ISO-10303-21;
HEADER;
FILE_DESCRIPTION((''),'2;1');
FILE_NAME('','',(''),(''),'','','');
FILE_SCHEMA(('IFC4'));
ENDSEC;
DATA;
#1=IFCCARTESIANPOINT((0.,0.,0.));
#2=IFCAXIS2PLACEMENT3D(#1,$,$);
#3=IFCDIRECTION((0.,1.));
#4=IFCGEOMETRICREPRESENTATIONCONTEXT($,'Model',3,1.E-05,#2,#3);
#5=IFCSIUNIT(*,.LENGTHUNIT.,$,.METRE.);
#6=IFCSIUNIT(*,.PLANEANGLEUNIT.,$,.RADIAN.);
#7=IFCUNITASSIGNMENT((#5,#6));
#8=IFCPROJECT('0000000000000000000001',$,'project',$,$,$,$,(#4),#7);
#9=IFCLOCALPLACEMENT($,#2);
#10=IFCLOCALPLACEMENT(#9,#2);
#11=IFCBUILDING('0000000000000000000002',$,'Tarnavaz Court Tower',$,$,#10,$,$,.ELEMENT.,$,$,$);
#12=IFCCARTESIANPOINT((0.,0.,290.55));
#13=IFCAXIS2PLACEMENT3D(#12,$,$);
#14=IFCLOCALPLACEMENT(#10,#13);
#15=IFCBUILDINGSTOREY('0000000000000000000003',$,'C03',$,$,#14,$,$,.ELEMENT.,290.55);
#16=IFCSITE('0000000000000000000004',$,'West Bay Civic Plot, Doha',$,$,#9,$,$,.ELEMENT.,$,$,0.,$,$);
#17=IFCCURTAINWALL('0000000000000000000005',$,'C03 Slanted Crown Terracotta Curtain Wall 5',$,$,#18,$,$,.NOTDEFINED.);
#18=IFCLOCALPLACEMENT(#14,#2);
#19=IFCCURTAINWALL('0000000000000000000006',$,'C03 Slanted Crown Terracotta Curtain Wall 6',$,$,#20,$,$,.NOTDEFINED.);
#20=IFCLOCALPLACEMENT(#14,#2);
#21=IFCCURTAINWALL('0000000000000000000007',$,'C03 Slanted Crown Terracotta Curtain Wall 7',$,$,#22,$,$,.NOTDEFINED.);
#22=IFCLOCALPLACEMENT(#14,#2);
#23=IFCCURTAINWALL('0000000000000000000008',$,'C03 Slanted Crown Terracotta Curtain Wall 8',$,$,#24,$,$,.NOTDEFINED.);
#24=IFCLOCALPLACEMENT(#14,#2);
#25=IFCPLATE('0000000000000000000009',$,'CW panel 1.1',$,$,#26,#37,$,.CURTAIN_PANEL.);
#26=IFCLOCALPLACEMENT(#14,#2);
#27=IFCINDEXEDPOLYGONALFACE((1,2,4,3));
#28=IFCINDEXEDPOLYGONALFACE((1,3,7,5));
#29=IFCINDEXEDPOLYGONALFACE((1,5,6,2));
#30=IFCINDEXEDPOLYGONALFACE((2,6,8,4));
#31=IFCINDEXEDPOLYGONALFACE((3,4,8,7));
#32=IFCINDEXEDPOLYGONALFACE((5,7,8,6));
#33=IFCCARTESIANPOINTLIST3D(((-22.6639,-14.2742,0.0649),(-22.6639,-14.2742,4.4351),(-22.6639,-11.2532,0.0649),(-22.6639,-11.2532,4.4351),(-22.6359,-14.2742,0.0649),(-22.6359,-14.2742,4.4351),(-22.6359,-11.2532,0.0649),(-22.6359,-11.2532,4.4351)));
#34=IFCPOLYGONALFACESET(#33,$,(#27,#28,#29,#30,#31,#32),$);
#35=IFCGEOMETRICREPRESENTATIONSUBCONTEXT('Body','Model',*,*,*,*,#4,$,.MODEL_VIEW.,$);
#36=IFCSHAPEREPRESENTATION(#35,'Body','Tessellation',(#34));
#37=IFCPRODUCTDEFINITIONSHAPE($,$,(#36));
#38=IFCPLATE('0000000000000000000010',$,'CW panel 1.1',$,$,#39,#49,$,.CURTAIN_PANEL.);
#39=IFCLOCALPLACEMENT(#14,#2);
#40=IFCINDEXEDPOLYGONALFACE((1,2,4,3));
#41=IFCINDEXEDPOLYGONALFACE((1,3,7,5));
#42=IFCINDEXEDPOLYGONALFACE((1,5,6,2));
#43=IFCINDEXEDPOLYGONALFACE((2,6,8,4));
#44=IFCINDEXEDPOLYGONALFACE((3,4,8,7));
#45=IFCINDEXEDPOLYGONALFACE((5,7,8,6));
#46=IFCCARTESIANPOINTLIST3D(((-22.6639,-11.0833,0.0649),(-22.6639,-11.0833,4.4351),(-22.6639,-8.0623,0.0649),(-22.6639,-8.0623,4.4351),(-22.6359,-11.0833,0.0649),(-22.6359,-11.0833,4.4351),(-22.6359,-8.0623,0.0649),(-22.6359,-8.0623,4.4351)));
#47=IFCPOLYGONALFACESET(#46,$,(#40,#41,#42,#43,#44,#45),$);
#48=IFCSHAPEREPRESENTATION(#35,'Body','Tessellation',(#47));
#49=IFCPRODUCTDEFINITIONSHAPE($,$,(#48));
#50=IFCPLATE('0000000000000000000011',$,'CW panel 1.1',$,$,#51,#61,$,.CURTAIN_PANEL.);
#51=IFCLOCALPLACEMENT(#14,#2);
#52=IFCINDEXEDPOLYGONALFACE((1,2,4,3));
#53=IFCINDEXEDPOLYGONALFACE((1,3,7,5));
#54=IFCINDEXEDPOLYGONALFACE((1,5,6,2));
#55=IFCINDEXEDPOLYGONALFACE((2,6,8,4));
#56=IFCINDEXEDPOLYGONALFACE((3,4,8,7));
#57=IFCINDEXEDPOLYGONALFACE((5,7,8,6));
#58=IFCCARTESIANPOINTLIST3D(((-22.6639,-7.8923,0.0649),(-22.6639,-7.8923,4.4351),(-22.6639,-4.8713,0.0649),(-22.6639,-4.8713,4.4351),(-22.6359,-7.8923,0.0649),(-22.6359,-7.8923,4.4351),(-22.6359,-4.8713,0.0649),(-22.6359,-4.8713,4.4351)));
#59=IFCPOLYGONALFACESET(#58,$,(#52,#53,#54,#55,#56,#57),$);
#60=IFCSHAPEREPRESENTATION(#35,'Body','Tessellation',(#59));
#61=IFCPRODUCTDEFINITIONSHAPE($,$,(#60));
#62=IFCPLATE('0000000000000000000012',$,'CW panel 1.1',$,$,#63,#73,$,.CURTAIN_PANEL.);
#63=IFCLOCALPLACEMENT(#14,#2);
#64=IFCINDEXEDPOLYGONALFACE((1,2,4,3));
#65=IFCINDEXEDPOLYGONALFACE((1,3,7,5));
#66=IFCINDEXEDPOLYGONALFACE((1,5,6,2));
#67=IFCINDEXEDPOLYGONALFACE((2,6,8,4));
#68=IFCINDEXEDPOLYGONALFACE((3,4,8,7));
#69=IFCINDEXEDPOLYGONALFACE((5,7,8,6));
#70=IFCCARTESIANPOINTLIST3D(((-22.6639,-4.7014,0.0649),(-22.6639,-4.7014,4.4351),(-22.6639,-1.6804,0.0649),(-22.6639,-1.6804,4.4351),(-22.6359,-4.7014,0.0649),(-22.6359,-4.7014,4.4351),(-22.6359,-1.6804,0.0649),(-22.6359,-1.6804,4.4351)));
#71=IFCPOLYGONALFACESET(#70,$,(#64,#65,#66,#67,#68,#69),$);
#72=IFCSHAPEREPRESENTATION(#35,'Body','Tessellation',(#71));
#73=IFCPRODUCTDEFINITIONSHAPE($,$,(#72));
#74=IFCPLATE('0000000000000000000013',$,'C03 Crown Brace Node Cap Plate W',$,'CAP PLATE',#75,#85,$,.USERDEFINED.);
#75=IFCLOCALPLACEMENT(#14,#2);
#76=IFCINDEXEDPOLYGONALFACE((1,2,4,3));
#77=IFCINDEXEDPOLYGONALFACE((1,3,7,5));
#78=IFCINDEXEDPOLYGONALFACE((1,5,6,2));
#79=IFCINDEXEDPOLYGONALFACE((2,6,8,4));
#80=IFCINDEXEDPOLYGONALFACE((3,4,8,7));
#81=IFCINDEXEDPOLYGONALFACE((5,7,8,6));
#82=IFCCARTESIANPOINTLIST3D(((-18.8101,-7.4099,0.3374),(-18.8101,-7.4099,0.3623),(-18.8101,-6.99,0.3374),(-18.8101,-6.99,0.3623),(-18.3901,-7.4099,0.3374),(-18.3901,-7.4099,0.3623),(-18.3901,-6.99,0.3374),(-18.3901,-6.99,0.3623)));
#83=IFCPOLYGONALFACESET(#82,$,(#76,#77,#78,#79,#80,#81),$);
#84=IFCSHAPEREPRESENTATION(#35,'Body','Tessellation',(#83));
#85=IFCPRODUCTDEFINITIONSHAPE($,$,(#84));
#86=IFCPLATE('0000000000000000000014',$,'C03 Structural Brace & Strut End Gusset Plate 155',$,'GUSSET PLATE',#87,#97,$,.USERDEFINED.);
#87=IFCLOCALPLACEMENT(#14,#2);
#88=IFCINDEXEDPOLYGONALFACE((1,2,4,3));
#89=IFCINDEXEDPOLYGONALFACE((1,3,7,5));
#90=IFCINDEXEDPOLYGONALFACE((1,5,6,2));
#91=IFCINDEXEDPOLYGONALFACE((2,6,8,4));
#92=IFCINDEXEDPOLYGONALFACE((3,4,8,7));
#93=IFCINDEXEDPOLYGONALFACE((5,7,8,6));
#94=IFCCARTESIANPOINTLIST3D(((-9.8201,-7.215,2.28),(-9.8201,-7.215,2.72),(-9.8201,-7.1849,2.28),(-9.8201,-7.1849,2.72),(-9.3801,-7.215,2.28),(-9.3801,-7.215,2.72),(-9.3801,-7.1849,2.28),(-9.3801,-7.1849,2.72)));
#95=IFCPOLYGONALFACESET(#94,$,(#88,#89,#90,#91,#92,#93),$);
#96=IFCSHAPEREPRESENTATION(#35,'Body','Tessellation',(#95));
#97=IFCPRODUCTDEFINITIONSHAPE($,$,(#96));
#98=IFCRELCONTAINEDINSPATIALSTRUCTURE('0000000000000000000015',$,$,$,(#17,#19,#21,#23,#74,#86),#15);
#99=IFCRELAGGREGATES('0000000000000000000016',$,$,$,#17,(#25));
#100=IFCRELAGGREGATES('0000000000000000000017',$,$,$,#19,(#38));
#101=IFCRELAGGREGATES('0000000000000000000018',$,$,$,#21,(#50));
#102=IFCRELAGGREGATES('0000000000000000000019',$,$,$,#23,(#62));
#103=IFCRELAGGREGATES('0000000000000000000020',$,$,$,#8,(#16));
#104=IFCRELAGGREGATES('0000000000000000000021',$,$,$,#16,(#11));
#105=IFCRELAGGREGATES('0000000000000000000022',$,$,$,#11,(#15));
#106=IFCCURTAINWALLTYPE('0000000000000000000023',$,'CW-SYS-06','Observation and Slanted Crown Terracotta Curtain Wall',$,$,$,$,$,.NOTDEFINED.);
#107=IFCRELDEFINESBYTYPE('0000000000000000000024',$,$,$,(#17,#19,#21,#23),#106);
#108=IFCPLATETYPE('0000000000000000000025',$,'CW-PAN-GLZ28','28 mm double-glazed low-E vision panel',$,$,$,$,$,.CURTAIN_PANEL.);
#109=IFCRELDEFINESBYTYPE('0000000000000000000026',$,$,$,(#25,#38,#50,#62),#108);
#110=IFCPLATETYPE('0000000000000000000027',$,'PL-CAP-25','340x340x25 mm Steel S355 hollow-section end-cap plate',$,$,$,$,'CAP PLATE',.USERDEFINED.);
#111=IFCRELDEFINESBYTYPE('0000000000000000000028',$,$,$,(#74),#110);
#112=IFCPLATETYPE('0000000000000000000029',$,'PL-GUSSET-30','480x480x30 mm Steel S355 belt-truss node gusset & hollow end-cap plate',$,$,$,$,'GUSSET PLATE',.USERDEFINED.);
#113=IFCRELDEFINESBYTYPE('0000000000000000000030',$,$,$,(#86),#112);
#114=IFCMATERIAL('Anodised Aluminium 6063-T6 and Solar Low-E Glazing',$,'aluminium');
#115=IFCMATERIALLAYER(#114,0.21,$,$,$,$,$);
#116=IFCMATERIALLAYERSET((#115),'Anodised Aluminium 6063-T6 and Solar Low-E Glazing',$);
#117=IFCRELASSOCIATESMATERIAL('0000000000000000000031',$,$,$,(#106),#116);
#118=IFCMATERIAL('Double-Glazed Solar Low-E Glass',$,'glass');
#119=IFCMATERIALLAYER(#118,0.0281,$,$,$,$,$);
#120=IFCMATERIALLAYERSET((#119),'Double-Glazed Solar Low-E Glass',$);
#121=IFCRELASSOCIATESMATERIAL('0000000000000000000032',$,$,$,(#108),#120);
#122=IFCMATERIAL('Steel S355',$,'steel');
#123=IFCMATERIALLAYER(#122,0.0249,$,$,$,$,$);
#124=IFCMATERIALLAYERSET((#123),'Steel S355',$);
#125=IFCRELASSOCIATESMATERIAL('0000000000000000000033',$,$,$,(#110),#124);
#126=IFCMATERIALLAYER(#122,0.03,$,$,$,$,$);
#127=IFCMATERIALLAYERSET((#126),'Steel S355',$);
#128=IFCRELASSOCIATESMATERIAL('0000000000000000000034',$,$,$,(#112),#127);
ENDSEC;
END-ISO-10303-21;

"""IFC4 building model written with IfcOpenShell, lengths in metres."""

from ifc_helpers import new_model, si_unit, direction, frame, origin, origin_2d, place, context, subcontext, project, spatial, rectangle, extrude, material, layer, layer_set, type_object, element, aggregate, save


model = new_model("IFC4")

# Units and contexts
model_context = context("Model", 3, precision=1e-05, world=origin(), true_north=direction((0.0, 1.0)))
body_context = subcontext(model_context, "Body", "Model", "MODEL_VIEW")
ifc_project = project(units=[si_unit("LENGTHUNIT", "METRE"), si_unit("PLANEANGLEUNIT", "RADIAN")], contexts=[model_context])

# Site, building, storey
site_placement = place(None, origin())
site = spatial("IfcSite", under=ifc_project, at=site_placement, Name="West Bay Civic Plot, Doha", CompositionType="ELEMENT", RefElevation=0.0)
building_placement = place(site_placement, origin())
building = spatial("IfcBuilding", under=site, at=building_placement, Name="Tarnavaz Court Tower", CompositionType="ELEMENT")
storey_placement = place(building_placement, frame((0.0, 0.0, 290.55)))
storey = spatial("IfcBuildingStorey", under=building, at=storey_placement, Name="C03", CompositionType="ELEMENT", Elevation=290.55)

# Shared definitions
ifc_material_1 = material(Name="Steel S355", Category="steel")

# Curtain walls
ifc_material_2 = material(Name="Anodised Aluminium 6063-T6 and Solar Low-E Glazing", Category="aluminium")
ifc_layer_1 = layer(ifc_material_2, 0.21)
ifc_layer_set_1 = layer_set([ifc_layer_1], Name="Anodised Aluminium 6063-T6 and Solar Low-E Glazing")
curtain_wall_type = type_object("IfcCurtainWallType", Name="CW-SYS-06", Description="Observation and Slanted Crown Terracotta Curtain Wall", PredefinedType="NOTDEFINED", material=ifc_layer_set_1)
curtain_wall_1_placement = place(storey_placement, origin())
curtain_wall_1 = element("IfcCurtainWall", 1, at=curtain_wall_1_placement, inside=storey, type_object=curtain_wall_type, Name="C03 Slanted Crown Terracotta Curtain Wall 5", PredefinedType="NOTDEFINED")
curtain_wall_2_placement = place(storey_placement, origin())
curtain_wall_2 = element("IfcCurtainWall", 2, at=curtain_wall_2_placement, inside=storey, type_object=curtain_wall_type, Name="C03 Slanted Crown Terracotta Curtain Wall 6", PredefinedType="NOTDEFINED")
curtain_wall_3_placement = place(storey_placement, origin())
curtain_wall_3 = element("IfcCurtainWall", 3, at=curtain_wall_3_placement, inside=storey, type_object=curtain_wall_type, Name="C03 Slanted Crown Terracotta Curtain Wall 7", PredefinedType="NOTDEFINED")
curtain_wall_4_placement = place(storey_placement, origin())
curtain_wall_4 = element("IfcCurtainWall", 4, at=curtain_wall_4_placement, inside=storey, type_object=curtain_wall_type, Name="C03 Slanted Crown Terracotta Curtain Wall 8", PredefinedType="NOTDEFINED")

# Plates
ifc_material_3 = material(Name="Double-Glazed Solar Low-E Glass", Category="glass")
ifc_layer_2 = layer(ifc_material_3, 0.0281)
ifc_layer_set_2 = layer_set([ifc_layer_2], Name="Double-Glazed Solar Low-E Glass")
plate_type_1 = type_object("IfcPlateType", Name="CW-PAN-GLZ28", Description="28 mm double-glazed low-E vision panel", PredefinedType="CURTAIN_PANEL", material=ifc_layer_set_2)
plate_1_placement = place(storey_placement, frame((-22.6499, -12.7637, 0.0649), z_axis=(0.0, 0.0, 1.0), x_axis=(0.0, 1.0, 0.0)))
plate_1 = element("IfcPlate", 5, at=plate_1_placement, type_object=plate_type_1, Name="CW panel 1.1", PredefinedType="CURTAIN_PANEL", context=body_context, shape_type="SweptSolid", body=[
    extrude(rectangle(XDim=3.021, YDim=0.0281, at=origin_2d()), origin(), (0.0, 0.0, 1.0), 4.3701),
])
aggregate(curtain_wall_1, [plate_1])
plate_2_placement = place(storey_placement, frame((-22.6499, -9.5728, 0.0649), z_axis=(0.0, 0.0, 1.0), x_axis=(0.0, 1.0, 0.0)))
plate_2 = element("IfcPlate", 6, at=plate_2_placement, type_object=plate_type_1, Name="CW panel 1.1", PredefinedType="CURTAIN_PANEL", context=body_context, shape_type="SweptSolid", body=[
    extrude(rectangle(XDim=3.021, YDim=0.0281, at=origin_2d()), origin(), (0.0, 0.0, 1.0), 4.3701),
])
aggregate(curtain_wall_2, [plate_2])
plate_3_placement = place(storey_placement, frame((-22.6499, -6.3818, 0.0649), z_axis=(0.0, 0.0, 1.0), x_axis=(0.0, 1.0, 0.0)))
plate_3 = element("IfcPlate", 7, at=plate_3_placement, type_object=plate_type_1, Name="CW panel 1.1", PredefinedType="CURTAIN_PANEL", context=body_context, shape_type="SweptSolid", body=[
    extrude(rectangle(XDim=3.021, YDim=0.0281, at=origin_2d()), origin(), (0.0, 0.0, 1.0), 4.3701),
])
aggregate(curtain_wall_3, [plate_3])
plate_4_placement = place(storey_placement, frame((-22.6499, -3.1909, 0.0649), z_axis=(0.0, 0.0, 1.0), x_axis=(0.0, 1.0, 0.0)))
plate_4 = element("IfcPlate", 8, at=plate_4_placement, type_object=plate_type_1, Name="CW panel 1.1", PredefinedType="CURTAIN_PANEL", context=body_context, shape_type="SweptSolid", body=[
    extrude(rectangle(XDim=3.021, YDim=0.0281, at=origin_2d()), origin(), (0.0, 0.0, 1.0), 4.3701),
])
aggregate(curtain_wall_4, [plate_4])

# Plates
ifc_layer_3 = layer(ifc_material_1, 0.0249)
ifc_layer_set_3 = layer_set([ifc_layer_3], Name="Steel S355")
plate_type_2 = type_object("IfcPlateType", Name="PL-CAP-25", Description="340x340x25 mm Steel S355 hollow-section end-cap plate", ElementType="CAP PLATE", PredefinedType="USERDEFINED", material=ifc_layer_set_3)
plate_5_placement = place(storey_placement, frame((-18.6001, -7.2, 0.3374), z_axis=(0.0, 0.0, 1.0), x_axis=(1.0, 0.0, 0.0)))
element("IfcPlate", 9, at=plate_5_placement, inside=storey, type_object=plate_type_2, Name="C03 Crown Brace Node Cap Plate W", ObjectType="CAP PLATE", PredefinedType="USERDEFINED", context=body_context, shape_type="SweptSolid", body=[
    extrude(rectangle(XDim=0.4199, YDim=0.4199, at=origin_2d()), origin(), (0.0, 0.0, 1.0), 0.0249),
])
ifc_layer_4 = layer(ifc_material_1, 0.03)
ifc_layer_set_4 = layer_set([ifc_layer_4], Name="Steel S355")
plate_type_3 = type_object("IfcPlateType", Name="PL-GUSSET-30", Description="480x480x30 mm Steel S355 belt-truss node gusset & hollow end-cap plate", ElementType="GUSSET PLATE", PredefinedType="USERDEFINED", material=ifc_layer_set_4)
plate_6_placement = place(storey_placement, frame((-9.6001, -7.2, 2.28), z_axis=(0.0, 0.0, 1.0), x_axis=(1.0, 0.0, 0.0)))
element("IfcPlate", 10, at=plate_6_placement, inside=storey, type_object=plate_type_3, Name="C03 Structural Brace & Strut End Gusset Plate 155", ObjectType="GUSSET PLATE", PredefinedType="USERDEFINED", context=body_context, shape_type="SweptSolid", body=[
    extrude(rectangle(XDim=0.4399, YDim=0.03, at=origin_2d()), origin(), (0.0, 0.0, 1.0), 0.4399),
])

save(model, "model.ifc")
